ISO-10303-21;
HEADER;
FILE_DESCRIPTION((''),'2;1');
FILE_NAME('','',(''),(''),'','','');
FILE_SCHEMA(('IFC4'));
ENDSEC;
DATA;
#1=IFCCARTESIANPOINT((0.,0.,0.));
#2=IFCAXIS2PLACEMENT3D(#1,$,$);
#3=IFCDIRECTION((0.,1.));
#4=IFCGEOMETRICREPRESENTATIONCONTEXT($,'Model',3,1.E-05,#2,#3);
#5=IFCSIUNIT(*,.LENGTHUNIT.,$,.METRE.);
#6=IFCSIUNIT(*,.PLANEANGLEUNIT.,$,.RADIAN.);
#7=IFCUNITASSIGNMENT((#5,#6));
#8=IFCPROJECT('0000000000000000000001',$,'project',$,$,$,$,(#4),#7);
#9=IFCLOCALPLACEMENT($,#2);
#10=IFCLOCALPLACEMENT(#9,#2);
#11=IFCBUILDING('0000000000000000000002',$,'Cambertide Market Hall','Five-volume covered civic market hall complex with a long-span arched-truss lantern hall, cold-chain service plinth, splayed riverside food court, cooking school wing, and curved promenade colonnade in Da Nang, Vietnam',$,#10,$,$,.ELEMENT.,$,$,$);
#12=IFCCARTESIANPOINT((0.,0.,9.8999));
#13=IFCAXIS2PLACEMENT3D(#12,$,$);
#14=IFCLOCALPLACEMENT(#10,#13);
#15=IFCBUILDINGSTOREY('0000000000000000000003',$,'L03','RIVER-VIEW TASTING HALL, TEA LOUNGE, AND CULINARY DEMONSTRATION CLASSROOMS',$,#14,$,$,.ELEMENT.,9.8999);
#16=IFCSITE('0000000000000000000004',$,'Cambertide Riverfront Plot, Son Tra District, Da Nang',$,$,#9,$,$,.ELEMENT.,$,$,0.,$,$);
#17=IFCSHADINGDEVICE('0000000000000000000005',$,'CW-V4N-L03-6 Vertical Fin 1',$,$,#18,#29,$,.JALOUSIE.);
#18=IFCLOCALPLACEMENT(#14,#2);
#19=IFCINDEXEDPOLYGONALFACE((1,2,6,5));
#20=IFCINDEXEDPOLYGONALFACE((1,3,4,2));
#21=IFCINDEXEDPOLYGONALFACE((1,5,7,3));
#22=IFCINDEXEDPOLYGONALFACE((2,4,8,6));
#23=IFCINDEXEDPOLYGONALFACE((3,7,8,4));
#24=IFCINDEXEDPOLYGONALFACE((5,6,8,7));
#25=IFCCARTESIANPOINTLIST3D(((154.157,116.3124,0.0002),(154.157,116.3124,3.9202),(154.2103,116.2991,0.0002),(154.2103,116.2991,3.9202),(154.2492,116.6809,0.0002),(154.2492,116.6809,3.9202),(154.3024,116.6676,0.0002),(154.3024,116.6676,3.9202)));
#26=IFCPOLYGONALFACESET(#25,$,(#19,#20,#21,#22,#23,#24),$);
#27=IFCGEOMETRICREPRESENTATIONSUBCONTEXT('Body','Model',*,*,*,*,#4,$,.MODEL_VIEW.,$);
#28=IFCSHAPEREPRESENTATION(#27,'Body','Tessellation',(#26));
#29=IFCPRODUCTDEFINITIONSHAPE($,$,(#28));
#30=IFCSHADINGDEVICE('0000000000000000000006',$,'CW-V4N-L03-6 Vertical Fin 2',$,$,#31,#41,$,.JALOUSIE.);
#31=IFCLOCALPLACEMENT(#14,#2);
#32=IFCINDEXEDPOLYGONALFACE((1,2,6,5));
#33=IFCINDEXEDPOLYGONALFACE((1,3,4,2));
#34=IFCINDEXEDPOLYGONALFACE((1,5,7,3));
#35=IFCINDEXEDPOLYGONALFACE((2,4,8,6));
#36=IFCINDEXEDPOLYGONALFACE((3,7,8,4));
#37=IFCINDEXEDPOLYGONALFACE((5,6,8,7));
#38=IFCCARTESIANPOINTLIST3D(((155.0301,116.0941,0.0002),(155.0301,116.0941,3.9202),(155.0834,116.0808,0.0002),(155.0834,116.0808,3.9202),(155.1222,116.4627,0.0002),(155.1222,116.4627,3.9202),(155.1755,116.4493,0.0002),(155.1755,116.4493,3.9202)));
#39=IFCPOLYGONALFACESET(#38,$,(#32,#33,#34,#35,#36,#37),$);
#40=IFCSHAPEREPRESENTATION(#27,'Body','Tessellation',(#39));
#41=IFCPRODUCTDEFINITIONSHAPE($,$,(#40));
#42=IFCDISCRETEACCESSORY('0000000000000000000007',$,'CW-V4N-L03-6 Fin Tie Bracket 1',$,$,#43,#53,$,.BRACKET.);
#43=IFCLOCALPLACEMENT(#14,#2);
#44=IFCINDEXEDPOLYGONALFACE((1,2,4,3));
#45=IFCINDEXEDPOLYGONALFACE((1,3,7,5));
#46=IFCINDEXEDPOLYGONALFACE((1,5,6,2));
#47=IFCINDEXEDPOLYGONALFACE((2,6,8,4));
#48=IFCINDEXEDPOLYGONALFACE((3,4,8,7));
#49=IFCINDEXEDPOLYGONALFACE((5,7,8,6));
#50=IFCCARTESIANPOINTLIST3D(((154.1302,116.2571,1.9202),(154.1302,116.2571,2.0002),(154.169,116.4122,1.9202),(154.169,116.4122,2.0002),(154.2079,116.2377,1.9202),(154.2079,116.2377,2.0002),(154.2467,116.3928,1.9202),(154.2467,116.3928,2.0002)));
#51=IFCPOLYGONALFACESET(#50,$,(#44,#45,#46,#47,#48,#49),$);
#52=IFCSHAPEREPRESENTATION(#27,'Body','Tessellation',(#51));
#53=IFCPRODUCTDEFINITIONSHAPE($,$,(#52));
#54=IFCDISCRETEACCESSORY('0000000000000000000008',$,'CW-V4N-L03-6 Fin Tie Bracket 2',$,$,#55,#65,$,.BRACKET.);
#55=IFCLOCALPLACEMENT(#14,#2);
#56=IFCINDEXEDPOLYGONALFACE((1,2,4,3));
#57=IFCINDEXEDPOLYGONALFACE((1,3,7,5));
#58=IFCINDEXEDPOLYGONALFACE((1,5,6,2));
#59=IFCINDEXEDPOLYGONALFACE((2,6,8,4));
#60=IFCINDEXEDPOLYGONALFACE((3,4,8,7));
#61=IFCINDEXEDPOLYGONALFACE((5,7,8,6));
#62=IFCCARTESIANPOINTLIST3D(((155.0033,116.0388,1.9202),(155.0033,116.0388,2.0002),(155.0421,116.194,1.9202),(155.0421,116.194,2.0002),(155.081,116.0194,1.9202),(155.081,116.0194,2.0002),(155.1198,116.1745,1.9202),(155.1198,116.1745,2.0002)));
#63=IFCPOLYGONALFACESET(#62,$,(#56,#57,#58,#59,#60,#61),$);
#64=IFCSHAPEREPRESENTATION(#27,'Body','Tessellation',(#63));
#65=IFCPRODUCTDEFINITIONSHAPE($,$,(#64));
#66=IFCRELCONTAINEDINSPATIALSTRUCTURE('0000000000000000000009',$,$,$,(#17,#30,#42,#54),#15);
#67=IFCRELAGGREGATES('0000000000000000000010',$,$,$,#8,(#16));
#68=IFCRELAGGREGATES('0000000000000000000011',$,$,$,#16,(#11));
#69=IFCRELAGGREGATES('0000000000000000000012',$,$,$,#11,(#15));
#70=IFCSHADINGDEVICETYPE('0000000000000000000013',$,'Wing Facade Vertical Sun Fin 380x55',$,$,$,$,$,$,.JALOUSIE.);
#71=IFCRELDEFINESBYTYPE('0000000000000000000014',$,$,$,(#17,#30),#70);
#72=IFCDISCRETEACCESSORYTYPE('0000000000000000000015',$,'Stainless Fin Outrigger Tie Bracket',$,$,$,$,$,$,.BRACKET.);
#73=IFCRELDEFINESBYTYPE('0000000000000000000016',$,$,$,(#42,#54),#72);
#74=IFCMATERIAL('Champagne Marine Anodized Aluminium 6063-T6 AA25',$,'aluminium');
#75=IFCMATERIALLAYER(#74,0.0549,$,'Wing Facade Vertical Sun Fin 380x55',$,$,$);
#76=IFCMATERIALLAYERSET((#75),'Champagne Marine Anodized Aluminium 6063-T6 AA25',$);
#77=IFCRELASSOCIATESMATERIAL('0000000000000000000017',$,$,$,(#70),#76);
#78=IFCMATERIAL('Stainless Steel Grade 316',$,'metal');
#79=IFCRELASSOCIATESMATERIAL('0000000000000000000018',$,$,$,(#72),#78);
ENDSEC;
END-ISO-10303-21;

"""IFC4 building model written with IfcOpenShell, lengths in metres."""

from ifc_helpers import new_model, si_unit, direction, frame, origin, origin_2d, place, context, subcontext, project, spatial, rectangle, extrude, material, layer, layer_set, type_object, element, save


model = new_model("IFC4")

# Units and contexts
model_context = context("Model", 3, precision=1e-05, world=origin(), true_north=direction((0.0, 1.0)))
body_context = subcontext(model_context, "Body", "Model", "MODEL_VIEW")
ifc_project = project(units=[si_unit("LENGTHUNIT", "METRE"), si_unit("PLANEANGLEUNIT", "RADIAN")], contexts=[model_context])

# Site, building, storey
site_placement = place(None, origin())
site = spatial("IfcSite", under=ifc_project, at=site_placement, Name="Cambertide Riverfront Plot, Son Tra District, Da Nang", CompositionType="ELEMENT", RefElevation=0.0)
building_placement = place(site_placement, origin())
building = spatial("IfcBuilding", under=site, at=building_placement, Name="Cambertide Market Hall", Description="Five-volume covered civic market hall complex with a long-span arched-truss lantern hall, cold-chain service plinth, splayed riverside food court, cooking school wing, and curved promenade colonnade in Da Nang, Vietnam", CompositionType="ELEMENT")
storey_placement = place(building_placement, frame((0.0, 0.0, 9.8999)))
storey = spatial("IfcBuildingStorey", under=building, at=storey_placement, Name="L03", Description="RIVER-VIEW TASTING HALL, TEA LOUNGE, AND CULINARY DEMONSTRATION CLASSROOMS", CompositionType="ELEMENT", Elevation=9.8999)

# Shading devices
ifc_material_1 = material(Name="Champagne Marine Anodized Aluminium 6063-T6 AA25", Category="aluminium")
ifc_layer_1 = layer(ifc_material_1, 0.0549, Name="Wing Facade Vertical Sun Fin 380x55")
ifc_layer_set_1 = layer_set([ifc_layer_1], Name="Champagne Marine Anodized Aluminium 6063-T6 AA25")
shading_device_type = type_object("IfcShadingDeviceType", Name="Wing Facade Vertical Sun Fin 380x55", PredefinedType="JALOUSIE", material=ifc_layer_set_1)
for number, where, z_axis, x_axis, name in (
    (1, (154.2297, 116.49, 0.0002), (0.0, 0.0, 1.0), (0.970143, -0.242536, 0.0), "CW-V4N-L03-6 Vertical Fin 1"),
    (2, (155.1028, 116.2717, 0.0002), (0.0, 0.0, 1.0), (0.970143, -0.242536, 0.0), "CW-V4N-L03-6 Vertical Fin 2"),
):
    element("IfcShadingDevice", number, at=place(storey_placement, frame(where, z_axis=z_axis, x_axis=x_axis)), inside=storey, type_object=shading_device_type, Name=name, PredefinedType="JALOUSIE", context=body_context, shape_type="SweptSolid", body=[
        extrude(rectangle(XDim=0.0549, YDim=0.3799, at=origin_2d()), origin(), (0.0, 0.0, 1.0), 3.9199),
    ])

# Discrete accessories
ifc_material_2 = material(Name="Stainless Steel Grade 316", Category="metal")
discrete_accessory_type = type_object("IfcDiscreteAccessoryType", Name="Stainless Fin Outrigger Tie Bracket", PredefinedType="BRACKET", material=ifc_material_2)
for number, where, z_axis, x_axis, name in (
    (3, (154.1885, 116.325, 1.9202), (0.0, 0.0, 1.0), (0.970143, -0.242536, 0.0), "CW-V4N-L03-6 Fin Tie Bracket 1"),
    (4, (155.0615, 116.1067, 1.9202), (0.0, 0.0, 1.0), (0.970143, -0.242536, 0.0), "CW-V4N-L03-6 Fin Tie Bracket 2"),
):
    element("IfcDiscreteAccessory", number, at=place(storey_placement, frame(where, z_axis=z_axis, x_axis=x_axis)), inside=storey, type_object=discrete_accessory_type, Name=name, PredefinedType="BRACKET", context=body_context, shape_type="SweptSolid", body=[
        extrude(rectangle(XDim=0.0801, YDim=0.1599, at=origin_2d()), origin(), (0.0, 0.0, 1.0), 0.0801),
    ])

save(model, "model.ifc")
